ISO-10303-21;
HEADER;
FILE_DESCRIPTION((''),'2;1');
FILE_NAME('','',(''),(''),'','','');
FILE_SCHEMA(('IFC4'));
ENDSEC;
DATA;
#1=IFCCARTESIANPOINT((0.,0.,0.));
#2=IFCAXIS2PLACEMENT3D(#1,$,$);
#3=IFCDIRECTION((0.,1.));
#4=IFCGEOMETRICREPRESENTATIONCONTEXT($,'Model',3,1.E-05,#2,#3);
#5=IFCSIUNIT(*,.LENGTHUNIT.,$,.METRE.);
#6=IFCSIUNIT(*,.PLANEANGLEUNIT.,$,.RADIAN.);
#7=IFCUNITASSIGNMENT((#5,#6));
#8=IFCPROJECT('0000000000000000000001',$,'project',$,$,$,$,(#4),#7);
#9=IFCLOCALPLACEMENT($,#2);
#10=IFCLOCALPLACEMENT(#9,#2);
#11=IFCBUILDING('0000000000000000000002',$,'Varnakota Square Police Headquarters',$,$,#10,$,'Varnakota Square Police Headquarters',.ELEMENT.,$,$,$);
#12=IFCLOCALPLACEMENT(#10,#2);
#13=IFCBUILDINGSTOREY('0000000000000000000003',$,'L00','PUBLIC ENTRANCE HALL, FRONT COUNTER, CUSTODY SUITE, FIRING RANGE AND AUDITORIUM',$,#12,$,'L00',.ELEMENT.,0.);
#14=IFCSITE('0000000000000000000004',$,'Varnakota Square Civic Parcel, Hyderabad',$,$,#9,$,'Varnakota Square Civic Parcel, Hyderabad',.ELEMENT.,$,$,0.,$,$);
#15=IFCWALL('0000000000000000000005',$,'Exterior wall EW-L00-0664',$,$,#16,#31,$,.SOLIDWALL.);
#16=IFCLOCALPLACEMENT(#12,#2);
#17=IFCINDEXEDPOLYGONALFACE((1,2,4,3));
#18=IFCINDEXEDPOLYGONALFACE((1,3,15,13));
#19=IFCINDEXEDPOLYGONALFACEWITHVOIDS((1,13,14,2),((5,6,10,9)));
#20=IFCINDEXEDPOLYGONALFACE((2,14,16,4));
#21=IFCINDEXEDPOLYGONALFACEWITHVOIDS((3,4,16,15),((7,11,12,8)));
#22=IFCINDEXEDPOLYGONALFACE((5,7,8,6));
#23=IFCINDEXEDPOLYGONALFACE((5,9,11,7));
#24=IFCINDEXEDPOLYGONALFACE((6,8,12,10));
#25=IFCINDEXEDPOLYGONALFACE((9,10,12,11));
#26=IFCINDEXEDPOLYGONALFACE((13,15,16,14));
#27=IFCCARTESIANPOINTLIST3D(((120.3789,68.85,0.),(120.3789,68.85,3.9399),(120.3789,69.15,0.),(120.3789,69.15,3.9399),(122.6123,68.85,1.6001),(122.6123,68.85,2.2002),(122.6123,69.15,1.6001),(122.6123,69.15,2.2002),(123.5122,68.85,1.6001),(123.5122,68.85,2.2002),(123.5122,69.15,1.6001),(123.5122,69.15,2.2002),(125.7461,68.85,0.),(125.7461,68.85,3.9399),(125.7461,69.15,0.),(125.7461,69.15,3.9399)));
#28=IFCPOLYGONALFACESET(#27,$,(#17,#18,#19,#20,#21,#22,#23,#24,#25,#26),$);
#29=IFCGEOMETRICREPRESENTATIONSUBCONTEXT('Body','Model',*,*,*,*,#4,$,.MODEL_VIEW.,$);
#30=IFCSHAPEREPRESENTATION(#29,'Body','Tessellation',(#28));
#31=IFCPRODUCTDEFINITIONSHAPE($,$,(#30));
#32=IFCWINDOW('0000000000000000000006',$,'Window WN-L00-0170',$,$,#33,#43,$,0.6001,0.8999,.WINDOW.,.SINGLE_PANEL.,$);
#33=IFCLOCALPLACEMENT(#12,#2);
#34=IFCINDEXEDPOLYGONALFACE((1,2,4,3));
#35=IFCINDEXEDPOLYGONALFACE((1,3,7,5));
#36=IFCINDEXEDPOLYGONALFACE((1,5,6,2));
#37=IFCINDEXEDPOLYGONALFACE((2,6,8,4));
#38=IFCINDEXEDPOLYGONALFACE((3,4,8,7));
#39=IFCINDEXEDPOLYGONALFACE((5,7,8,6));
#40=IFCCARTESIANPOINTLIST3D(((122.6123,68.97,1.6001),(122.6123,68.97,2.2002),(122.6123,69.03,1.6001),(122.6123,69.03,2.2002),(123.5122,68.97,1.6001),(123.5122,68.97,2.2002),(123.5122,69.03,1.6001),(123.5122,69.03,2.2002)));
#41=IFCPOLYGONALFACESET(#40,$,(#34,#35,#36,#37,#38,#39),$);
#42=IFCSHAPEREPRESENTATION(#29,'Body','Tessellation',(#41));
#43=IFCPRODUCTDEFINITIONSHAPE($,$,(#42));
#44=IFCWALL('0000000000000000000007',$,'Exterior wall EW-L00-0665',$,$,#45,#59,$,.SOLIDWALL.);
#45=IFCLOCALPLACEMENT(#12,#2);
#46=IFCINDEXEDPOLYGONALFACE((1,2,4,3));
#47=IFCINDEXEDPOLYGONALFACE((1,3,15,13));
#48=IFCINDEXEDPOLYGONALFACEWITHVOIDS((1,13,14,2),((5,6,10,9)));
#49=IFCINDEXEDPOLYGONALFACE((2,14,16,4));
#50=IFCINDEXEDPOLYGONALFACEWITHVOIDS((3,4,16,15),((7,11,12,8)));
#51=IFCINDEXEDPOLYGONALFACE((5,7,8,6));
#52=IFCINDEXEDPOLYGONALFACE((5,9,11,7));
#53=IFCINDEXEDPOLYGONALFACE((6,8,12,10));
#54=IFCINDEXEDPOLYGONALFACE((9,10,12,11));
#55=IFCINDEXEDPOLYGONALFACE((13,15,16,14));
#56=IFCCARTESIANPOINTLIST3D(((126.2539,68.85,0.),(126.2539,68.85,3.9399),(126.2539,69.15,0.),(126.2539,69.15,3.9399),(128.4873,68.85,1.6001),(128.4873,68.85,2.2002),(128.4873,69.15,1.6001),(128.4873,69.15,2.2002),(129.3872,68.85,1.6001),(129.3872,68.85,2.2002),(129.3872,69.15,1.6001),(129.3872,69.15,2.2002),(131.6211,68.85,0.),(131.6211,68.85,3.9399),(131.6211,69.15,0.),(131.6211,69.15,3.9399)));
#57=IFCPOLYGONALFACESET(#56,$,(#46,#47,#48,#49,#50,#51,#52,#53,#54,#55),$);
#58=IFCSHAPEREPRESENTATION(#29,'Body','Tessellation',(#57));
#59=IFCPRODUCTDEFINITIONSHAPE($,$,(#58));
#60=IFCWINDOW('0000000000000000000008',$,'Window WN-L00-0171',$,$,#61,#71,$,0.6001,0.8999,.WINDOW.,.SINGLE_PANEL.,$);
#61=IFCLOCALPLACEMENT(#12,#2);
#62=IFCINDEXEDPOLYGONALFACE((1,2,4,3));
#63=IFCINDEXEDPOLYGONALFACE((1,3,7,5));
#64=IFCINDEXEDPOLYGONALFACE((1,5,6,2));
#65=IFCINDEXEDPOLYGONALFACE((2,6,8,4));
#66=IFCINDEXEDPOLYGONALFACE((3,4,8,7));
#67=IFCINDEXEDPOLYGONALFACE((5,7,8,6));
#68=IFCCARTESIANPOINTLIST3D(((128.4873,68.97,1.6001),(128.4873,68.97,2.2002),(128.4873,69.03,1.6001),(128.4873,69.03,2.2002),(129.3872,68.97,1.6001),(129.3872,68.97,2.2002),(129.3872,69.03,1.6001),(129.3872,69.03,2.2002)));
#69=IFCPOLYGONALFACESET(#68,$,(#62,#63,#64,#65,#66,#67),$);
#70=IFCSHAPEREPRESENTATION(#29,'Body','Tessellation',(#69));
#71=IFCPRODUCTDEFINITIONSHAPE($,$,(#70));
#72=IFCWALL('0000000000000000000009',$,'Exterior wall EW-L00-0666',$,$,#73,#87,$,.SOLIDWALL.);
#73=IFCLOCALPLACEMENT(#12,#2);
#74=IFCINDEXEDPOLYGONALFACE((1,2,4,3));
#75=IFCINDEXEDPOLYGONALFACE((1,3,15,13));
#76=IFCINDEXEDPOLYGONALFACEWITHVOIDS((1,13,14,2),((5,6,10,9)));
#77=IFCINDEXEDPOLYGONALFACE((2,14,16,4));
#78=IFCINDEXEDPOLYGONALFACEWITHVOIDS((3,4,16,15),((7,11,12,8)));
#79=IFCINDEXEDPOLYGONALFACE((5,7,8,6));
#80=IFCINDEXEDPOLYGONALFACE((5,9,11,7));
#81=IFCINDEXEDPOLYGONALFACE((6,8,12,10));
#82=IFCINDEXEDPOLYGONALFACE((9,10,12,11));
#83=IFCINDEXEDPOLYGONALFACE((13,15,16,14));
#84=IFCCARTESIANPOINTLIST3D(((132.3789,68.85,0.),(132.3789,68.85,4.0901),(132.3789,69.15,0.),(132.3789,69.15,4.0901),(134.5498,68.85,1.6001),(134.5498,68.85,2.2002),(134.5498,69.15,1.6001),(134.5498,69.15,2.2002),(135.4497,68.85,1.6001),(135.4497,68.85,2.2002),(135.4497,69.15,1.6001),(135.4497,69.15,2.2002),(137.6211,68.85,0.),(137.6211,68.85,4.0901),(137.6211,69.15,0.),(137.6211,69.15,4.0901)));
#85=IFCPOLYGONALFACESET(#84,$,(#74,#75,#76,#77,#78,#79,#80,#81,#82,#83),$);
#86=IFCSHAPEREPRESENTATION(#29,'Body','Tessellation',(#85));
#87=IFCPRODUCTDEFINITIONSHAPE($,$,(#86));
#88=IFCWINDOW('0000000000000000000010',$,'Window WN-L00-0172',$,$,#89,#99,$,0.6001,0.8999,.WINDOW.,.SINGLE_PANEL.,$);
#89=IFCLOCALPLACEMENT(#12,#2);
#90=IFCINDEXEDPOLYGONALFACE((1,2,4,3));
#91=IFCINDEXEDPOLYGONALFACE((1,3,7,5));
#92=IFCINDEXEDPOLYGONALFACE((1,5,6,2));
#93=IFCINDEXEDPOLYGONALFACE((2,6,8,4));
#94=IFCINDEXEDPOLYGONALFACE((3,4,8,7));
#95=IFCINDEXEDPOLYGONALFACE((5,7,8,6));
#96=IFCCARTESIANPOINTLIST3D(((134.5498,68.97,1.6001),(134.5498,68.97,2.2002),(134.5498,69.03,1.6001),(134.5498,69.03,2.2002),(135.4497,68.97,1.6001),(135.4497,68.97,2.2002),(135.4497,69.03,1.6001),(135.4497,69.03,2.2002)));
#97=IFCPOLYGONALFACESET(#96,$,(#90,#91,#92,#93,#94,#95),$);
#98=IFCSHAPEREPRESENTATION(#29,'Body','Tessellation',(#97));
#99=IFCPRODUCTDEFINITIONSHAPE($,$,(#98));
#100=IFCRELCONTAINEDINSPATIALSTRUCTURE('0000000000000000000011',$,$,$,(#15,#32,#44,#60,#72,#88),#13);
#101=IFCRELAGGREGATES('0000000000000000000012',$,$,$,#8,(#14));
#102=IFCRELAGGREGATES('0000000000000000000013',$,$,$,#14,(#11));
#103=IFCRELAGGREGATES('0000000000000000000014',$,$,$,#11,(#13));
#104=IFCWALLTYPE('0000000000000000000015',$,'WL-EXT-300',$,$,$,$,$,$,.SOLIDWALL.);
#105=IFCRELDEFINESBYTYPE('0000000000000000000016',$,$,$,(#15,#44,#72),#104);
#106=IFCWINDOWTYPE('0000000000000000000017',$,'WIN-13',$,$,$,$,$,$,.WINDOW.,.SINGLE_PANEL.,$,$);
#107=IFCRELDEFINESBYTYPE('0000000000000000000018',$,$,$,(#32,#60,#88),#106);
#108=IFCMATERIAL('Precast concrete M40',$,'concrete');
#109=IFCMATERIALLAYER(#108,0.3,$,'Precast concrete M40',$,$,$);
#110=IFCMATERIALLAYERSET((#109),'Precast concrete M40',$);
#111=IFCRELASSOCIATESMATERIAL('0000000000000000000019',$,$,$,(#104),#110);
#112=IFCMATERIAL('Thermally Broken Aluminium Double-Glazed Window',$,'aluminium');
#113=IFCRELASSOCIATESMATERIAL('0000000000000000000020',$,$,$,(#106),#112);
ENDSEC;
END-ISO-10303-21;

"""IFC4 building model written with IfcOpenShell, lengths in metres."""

from ifc_helpers import new_model, si_unit, direction, frame, frame_2d, origin, place, context, subcontext, project, spatial, rectangle, extrude, material, layer, layer_set, type_object, element, fill, save


model = new_model("IFC4")

# Units and contexts
model_context = context("Model", 3, precision=1e-05, world=origin(), true_north=direction((0.0, 1.0)))
body_context = subcontext(model_context, "Body", "Model", "MODEL_VIEW")
ifc_project = project(units=[si_unit("LENGTHUNIT", "METRE"), si_unit("PLANEANGLEUNIT", "RADIAN")], contexts=[model_context])

# Site, building, storey
site_placement = place(None, origin())
site = spatial("IfcSite", under=ifc_project, at=site_placement, Name="Varnakota Square Civic Parcel, Hyderabad", LongName="Varnakota Square Civic Parcel, Hyderabad", CompositionType="ELEMENT", RefElevation=0.0)
building_placement = place(site_placement, origin())
building = spatial("IfcBuilding", under=site, at=building_placement, Name="Varnakota Square Police Headquarters", LongName="Varnakota Square Police Headquarters", CompositionType="ELEMENT")
storey_placement = place(building_placement, origin())
storey = spatial("IfcBuildingStorey", under=building, at=storey_placement, Name="L00", Description="PUBLIC ENTRANCE HALL, FRONT COUNTER, CUSTODY SUITE, FIRING RANGE AND AUDITORIUM", LongName="L00", CompositionType="ELEMENT", Elevation=0.0)

# Shared definitions
ifc_material_1 = material(Name="Precast concrete M40", Category="concrete")
ifc_layer = layer(ifc_material_1, 0.3, Name="Precast concrete M40")
ifc_layer_set = layer_set([ifc_layer], Name="Precast concrete M40")
wall_type = type_object("IfcWallType", Name="WL-EXT-300", PredefinedType="SOLIDWALL", material=ifc_layer_set)

# Walls, openings, windows
wall_1_placement = place(storey_placement, frame((120.3789, 69.0, 0.0), z_axis=(0.0, 0.0, 1.0), x_axis=(1.0, 0.0, 0.0)))
wall_1 = element("IfcWall", 1, at=wall_1_placement, inside=storey, type_object=wall_type, Name="Exterior wall EW-L00-0664", PredefinedType="SOLIDWALL", context=body_context, shape_type="SweptSolid", body=[
    extrude(rectangle(XDim=5.3672, YDim=0.3, at=frame_2d((2.6836, 0.0))), origin(), (0.0, 0.0, 1.0), 3.9399),
])
opening_1_placement = place(wall_1_placement, frame((2.2334, 0.0, 1.6001)))
opening_1 = element("IfcOpeningElement", 2, at=opening_1_placement, cuts=wall_1, PredefinedType="OPENING", context=body_context, shape_type="SweptSolid", body=[
    extrude(rectangle(XDim=0.8999, YDim=0.6001, at=frame_2d((0.45, 0.3))), frame((0.0, 0.1599, 0.0), z_axis=(0.0, -1.0, 0.0), x_axis=(1.0, 0.0, 0.0)), (0.0, 0.0, 1.0), 0.3201),
])
ifc_material_2 = material(Name="Thermally Broken Aluminium Double-Glazed Window", Category="aluminium")
window_type = type_object("IfcWindowType", Name="WIN-13", PartitioningType="SINGLE_PANEL", PredefinedType="WINDOW", material=ifc_material_2)
window_1_placement = place(opening_1_placement, origin())
window_1 = element("IfcWindow", 3, at=window_1_placement, inside=storey, type_object=window_type, Name="Window WN-L00-0170", OverallHeight=0.6001, OverallWidth=0.8999, PartitioningType="SINGLE_PANEL", PredefinedType="WINDOW", context=body_context, shape_type="SweptSolid", body=[
    extrude(rectangle(XDim=0.8999, YDim=0.6001, at=frame_2d((0.45, 0.3))), frame((0.0, 0.03, 0.0), z_axis=(0.0, -1.0, 0.0), x_axis=(1.0, 0.0, 0.0)), (0.0, 0.0, 1.0), 0.0601),
])
fill(opening_1, window_1)
wall_2_placement = place(storey_placement, frame((126.2539, 69.0, 0.0), z_axis=(0.0, 0.0, 1.0), x_axis=(1.0, 0.0, 0.0)))
wall_2 = element("IfcWall", 4, at=wall_2_placement, inside=storey, type_object=wall_type, Name="Exterior wall EW-L00-0665", PredefinedType="SOLIDWALL", context=body_context, shape_type="SweptSolid", body=[
    extrude(rectangle(XDim=5.3672, YDim=0.3, at=frame_2d((2.6836, 0.0))), origin(), (0.0, 0.0, 1.0), 3.9399),
])
opening_2_placement = place(wall_2_placement, frame((2.2334, 0.0, 1.6001)))
opening_2 = element("IfcOpeningElement", 5, at=opening_2_placement, cuts=wall_2, PredefinedType="OPENING", context=body_context, shape_type="SweptSolid", body=[
    extrude(rectangle(XDim=0.8999, YDim=0.6001, at=frame_2d((0.45, 0.3))), frame((0.0, 0.1599, 0.0), z_axis=(0.0, -1.0, 0.0), x_axis=(1.0, 0.0, 0.0)), (0.0, 0.0, 1.0), 0.3201),
])
window_2_placement = place(opening_2_placement, origin())
window_2 = element("IfcWindow", 6, at=window_2_placement, inside=storey, type_object=window_type, Name="Window WN-L00-0171", OverallHeight=0.6001, OverallWidth=0.8999, PartitioningType="SINGLE_PANEL", PredefinedType="WINDOW", context=body_context, shape_type="SweptSolid", body=[
    extrude(rectangle(XDim=0.8999, YDim=0.6001, at=frame_2d((0.45, 0.3))), frame((0.0, 0.03, 0.0), z_axis=(0.0, -1.0, 0.0), x_axis=(1.0, 0.0, 0.0)), (0.0, 0.0, 1.0), 0.0601),
])
fill(opening_2, window_2)
wall_3_placement = place(storey_placement, frame((132.3789, 69.0, 0.0), z_axis=(0.0, 0.0, 1.0), x_axis=(1.0, 0.0, 0.0)))
wall_3 = element("IfcWall", 7, at=wall_3_placement, inside=storey, type_object=wall_type, Name="Exterior wall EW-L00-0666", PredefinedType="SOLIDWALL", context=body_context, shape_type="SweptSolid", body=[
    extrude(rectangle(XDim=5.2422, YDim=0.3, at=frame_2d((2.6211, 0.0))), origin(), (0.0, 0.0, 1.0), 4.0901),
])
opening_3_placement = place(wall_3_placement, frame((2.1709, 0.0, 1.6001)))
opening_3 = element("IfcOpeningElement", 8, at=opening_3_placement, cuts=wall_3, PredefinedType="OPENING", context=body_context, shape_type="SweptSolid", body=[
    extrude(rectangle(XDim=0.8999, YDim=0.6001, at=frame_2d((0.45, 0.3))), frame((0.0, 0.1599, 0.0), z_axis=(0.0, -1.0, 0.0), x_axis=(1.0, 0.0, 0.0)), (0.0, 0.0, 1.0), 0.3201),
])
window_3_placement = place(opening_3_placement, origin())
window_3 = element("IfcWindow", 9, at=window_3_placement, inside=storey, type_object=window_type, Name="Window WN-L00-0172", OverallHeight=0.6001, OverallWidth=0.8999, PartitioningType="SINGLE_PANEL", PredefinedType="WINDOW", context=body_context, shape_type="SweptSolid", body=[
    extrude(rectangle(XDim=0.8999, YDim=0.6001, at=frame_2d((0.45, 0.3))), frame((0.0, 0.03, 0.0), z_axis=(0.0, -1.0, 0.0), x_axis=(1.0, 0.0, 0.0)), (0.0, 0.0, 1.0), 0.0601),
])
fill(opening_3, window_3)

save(model, "model.ifc")
